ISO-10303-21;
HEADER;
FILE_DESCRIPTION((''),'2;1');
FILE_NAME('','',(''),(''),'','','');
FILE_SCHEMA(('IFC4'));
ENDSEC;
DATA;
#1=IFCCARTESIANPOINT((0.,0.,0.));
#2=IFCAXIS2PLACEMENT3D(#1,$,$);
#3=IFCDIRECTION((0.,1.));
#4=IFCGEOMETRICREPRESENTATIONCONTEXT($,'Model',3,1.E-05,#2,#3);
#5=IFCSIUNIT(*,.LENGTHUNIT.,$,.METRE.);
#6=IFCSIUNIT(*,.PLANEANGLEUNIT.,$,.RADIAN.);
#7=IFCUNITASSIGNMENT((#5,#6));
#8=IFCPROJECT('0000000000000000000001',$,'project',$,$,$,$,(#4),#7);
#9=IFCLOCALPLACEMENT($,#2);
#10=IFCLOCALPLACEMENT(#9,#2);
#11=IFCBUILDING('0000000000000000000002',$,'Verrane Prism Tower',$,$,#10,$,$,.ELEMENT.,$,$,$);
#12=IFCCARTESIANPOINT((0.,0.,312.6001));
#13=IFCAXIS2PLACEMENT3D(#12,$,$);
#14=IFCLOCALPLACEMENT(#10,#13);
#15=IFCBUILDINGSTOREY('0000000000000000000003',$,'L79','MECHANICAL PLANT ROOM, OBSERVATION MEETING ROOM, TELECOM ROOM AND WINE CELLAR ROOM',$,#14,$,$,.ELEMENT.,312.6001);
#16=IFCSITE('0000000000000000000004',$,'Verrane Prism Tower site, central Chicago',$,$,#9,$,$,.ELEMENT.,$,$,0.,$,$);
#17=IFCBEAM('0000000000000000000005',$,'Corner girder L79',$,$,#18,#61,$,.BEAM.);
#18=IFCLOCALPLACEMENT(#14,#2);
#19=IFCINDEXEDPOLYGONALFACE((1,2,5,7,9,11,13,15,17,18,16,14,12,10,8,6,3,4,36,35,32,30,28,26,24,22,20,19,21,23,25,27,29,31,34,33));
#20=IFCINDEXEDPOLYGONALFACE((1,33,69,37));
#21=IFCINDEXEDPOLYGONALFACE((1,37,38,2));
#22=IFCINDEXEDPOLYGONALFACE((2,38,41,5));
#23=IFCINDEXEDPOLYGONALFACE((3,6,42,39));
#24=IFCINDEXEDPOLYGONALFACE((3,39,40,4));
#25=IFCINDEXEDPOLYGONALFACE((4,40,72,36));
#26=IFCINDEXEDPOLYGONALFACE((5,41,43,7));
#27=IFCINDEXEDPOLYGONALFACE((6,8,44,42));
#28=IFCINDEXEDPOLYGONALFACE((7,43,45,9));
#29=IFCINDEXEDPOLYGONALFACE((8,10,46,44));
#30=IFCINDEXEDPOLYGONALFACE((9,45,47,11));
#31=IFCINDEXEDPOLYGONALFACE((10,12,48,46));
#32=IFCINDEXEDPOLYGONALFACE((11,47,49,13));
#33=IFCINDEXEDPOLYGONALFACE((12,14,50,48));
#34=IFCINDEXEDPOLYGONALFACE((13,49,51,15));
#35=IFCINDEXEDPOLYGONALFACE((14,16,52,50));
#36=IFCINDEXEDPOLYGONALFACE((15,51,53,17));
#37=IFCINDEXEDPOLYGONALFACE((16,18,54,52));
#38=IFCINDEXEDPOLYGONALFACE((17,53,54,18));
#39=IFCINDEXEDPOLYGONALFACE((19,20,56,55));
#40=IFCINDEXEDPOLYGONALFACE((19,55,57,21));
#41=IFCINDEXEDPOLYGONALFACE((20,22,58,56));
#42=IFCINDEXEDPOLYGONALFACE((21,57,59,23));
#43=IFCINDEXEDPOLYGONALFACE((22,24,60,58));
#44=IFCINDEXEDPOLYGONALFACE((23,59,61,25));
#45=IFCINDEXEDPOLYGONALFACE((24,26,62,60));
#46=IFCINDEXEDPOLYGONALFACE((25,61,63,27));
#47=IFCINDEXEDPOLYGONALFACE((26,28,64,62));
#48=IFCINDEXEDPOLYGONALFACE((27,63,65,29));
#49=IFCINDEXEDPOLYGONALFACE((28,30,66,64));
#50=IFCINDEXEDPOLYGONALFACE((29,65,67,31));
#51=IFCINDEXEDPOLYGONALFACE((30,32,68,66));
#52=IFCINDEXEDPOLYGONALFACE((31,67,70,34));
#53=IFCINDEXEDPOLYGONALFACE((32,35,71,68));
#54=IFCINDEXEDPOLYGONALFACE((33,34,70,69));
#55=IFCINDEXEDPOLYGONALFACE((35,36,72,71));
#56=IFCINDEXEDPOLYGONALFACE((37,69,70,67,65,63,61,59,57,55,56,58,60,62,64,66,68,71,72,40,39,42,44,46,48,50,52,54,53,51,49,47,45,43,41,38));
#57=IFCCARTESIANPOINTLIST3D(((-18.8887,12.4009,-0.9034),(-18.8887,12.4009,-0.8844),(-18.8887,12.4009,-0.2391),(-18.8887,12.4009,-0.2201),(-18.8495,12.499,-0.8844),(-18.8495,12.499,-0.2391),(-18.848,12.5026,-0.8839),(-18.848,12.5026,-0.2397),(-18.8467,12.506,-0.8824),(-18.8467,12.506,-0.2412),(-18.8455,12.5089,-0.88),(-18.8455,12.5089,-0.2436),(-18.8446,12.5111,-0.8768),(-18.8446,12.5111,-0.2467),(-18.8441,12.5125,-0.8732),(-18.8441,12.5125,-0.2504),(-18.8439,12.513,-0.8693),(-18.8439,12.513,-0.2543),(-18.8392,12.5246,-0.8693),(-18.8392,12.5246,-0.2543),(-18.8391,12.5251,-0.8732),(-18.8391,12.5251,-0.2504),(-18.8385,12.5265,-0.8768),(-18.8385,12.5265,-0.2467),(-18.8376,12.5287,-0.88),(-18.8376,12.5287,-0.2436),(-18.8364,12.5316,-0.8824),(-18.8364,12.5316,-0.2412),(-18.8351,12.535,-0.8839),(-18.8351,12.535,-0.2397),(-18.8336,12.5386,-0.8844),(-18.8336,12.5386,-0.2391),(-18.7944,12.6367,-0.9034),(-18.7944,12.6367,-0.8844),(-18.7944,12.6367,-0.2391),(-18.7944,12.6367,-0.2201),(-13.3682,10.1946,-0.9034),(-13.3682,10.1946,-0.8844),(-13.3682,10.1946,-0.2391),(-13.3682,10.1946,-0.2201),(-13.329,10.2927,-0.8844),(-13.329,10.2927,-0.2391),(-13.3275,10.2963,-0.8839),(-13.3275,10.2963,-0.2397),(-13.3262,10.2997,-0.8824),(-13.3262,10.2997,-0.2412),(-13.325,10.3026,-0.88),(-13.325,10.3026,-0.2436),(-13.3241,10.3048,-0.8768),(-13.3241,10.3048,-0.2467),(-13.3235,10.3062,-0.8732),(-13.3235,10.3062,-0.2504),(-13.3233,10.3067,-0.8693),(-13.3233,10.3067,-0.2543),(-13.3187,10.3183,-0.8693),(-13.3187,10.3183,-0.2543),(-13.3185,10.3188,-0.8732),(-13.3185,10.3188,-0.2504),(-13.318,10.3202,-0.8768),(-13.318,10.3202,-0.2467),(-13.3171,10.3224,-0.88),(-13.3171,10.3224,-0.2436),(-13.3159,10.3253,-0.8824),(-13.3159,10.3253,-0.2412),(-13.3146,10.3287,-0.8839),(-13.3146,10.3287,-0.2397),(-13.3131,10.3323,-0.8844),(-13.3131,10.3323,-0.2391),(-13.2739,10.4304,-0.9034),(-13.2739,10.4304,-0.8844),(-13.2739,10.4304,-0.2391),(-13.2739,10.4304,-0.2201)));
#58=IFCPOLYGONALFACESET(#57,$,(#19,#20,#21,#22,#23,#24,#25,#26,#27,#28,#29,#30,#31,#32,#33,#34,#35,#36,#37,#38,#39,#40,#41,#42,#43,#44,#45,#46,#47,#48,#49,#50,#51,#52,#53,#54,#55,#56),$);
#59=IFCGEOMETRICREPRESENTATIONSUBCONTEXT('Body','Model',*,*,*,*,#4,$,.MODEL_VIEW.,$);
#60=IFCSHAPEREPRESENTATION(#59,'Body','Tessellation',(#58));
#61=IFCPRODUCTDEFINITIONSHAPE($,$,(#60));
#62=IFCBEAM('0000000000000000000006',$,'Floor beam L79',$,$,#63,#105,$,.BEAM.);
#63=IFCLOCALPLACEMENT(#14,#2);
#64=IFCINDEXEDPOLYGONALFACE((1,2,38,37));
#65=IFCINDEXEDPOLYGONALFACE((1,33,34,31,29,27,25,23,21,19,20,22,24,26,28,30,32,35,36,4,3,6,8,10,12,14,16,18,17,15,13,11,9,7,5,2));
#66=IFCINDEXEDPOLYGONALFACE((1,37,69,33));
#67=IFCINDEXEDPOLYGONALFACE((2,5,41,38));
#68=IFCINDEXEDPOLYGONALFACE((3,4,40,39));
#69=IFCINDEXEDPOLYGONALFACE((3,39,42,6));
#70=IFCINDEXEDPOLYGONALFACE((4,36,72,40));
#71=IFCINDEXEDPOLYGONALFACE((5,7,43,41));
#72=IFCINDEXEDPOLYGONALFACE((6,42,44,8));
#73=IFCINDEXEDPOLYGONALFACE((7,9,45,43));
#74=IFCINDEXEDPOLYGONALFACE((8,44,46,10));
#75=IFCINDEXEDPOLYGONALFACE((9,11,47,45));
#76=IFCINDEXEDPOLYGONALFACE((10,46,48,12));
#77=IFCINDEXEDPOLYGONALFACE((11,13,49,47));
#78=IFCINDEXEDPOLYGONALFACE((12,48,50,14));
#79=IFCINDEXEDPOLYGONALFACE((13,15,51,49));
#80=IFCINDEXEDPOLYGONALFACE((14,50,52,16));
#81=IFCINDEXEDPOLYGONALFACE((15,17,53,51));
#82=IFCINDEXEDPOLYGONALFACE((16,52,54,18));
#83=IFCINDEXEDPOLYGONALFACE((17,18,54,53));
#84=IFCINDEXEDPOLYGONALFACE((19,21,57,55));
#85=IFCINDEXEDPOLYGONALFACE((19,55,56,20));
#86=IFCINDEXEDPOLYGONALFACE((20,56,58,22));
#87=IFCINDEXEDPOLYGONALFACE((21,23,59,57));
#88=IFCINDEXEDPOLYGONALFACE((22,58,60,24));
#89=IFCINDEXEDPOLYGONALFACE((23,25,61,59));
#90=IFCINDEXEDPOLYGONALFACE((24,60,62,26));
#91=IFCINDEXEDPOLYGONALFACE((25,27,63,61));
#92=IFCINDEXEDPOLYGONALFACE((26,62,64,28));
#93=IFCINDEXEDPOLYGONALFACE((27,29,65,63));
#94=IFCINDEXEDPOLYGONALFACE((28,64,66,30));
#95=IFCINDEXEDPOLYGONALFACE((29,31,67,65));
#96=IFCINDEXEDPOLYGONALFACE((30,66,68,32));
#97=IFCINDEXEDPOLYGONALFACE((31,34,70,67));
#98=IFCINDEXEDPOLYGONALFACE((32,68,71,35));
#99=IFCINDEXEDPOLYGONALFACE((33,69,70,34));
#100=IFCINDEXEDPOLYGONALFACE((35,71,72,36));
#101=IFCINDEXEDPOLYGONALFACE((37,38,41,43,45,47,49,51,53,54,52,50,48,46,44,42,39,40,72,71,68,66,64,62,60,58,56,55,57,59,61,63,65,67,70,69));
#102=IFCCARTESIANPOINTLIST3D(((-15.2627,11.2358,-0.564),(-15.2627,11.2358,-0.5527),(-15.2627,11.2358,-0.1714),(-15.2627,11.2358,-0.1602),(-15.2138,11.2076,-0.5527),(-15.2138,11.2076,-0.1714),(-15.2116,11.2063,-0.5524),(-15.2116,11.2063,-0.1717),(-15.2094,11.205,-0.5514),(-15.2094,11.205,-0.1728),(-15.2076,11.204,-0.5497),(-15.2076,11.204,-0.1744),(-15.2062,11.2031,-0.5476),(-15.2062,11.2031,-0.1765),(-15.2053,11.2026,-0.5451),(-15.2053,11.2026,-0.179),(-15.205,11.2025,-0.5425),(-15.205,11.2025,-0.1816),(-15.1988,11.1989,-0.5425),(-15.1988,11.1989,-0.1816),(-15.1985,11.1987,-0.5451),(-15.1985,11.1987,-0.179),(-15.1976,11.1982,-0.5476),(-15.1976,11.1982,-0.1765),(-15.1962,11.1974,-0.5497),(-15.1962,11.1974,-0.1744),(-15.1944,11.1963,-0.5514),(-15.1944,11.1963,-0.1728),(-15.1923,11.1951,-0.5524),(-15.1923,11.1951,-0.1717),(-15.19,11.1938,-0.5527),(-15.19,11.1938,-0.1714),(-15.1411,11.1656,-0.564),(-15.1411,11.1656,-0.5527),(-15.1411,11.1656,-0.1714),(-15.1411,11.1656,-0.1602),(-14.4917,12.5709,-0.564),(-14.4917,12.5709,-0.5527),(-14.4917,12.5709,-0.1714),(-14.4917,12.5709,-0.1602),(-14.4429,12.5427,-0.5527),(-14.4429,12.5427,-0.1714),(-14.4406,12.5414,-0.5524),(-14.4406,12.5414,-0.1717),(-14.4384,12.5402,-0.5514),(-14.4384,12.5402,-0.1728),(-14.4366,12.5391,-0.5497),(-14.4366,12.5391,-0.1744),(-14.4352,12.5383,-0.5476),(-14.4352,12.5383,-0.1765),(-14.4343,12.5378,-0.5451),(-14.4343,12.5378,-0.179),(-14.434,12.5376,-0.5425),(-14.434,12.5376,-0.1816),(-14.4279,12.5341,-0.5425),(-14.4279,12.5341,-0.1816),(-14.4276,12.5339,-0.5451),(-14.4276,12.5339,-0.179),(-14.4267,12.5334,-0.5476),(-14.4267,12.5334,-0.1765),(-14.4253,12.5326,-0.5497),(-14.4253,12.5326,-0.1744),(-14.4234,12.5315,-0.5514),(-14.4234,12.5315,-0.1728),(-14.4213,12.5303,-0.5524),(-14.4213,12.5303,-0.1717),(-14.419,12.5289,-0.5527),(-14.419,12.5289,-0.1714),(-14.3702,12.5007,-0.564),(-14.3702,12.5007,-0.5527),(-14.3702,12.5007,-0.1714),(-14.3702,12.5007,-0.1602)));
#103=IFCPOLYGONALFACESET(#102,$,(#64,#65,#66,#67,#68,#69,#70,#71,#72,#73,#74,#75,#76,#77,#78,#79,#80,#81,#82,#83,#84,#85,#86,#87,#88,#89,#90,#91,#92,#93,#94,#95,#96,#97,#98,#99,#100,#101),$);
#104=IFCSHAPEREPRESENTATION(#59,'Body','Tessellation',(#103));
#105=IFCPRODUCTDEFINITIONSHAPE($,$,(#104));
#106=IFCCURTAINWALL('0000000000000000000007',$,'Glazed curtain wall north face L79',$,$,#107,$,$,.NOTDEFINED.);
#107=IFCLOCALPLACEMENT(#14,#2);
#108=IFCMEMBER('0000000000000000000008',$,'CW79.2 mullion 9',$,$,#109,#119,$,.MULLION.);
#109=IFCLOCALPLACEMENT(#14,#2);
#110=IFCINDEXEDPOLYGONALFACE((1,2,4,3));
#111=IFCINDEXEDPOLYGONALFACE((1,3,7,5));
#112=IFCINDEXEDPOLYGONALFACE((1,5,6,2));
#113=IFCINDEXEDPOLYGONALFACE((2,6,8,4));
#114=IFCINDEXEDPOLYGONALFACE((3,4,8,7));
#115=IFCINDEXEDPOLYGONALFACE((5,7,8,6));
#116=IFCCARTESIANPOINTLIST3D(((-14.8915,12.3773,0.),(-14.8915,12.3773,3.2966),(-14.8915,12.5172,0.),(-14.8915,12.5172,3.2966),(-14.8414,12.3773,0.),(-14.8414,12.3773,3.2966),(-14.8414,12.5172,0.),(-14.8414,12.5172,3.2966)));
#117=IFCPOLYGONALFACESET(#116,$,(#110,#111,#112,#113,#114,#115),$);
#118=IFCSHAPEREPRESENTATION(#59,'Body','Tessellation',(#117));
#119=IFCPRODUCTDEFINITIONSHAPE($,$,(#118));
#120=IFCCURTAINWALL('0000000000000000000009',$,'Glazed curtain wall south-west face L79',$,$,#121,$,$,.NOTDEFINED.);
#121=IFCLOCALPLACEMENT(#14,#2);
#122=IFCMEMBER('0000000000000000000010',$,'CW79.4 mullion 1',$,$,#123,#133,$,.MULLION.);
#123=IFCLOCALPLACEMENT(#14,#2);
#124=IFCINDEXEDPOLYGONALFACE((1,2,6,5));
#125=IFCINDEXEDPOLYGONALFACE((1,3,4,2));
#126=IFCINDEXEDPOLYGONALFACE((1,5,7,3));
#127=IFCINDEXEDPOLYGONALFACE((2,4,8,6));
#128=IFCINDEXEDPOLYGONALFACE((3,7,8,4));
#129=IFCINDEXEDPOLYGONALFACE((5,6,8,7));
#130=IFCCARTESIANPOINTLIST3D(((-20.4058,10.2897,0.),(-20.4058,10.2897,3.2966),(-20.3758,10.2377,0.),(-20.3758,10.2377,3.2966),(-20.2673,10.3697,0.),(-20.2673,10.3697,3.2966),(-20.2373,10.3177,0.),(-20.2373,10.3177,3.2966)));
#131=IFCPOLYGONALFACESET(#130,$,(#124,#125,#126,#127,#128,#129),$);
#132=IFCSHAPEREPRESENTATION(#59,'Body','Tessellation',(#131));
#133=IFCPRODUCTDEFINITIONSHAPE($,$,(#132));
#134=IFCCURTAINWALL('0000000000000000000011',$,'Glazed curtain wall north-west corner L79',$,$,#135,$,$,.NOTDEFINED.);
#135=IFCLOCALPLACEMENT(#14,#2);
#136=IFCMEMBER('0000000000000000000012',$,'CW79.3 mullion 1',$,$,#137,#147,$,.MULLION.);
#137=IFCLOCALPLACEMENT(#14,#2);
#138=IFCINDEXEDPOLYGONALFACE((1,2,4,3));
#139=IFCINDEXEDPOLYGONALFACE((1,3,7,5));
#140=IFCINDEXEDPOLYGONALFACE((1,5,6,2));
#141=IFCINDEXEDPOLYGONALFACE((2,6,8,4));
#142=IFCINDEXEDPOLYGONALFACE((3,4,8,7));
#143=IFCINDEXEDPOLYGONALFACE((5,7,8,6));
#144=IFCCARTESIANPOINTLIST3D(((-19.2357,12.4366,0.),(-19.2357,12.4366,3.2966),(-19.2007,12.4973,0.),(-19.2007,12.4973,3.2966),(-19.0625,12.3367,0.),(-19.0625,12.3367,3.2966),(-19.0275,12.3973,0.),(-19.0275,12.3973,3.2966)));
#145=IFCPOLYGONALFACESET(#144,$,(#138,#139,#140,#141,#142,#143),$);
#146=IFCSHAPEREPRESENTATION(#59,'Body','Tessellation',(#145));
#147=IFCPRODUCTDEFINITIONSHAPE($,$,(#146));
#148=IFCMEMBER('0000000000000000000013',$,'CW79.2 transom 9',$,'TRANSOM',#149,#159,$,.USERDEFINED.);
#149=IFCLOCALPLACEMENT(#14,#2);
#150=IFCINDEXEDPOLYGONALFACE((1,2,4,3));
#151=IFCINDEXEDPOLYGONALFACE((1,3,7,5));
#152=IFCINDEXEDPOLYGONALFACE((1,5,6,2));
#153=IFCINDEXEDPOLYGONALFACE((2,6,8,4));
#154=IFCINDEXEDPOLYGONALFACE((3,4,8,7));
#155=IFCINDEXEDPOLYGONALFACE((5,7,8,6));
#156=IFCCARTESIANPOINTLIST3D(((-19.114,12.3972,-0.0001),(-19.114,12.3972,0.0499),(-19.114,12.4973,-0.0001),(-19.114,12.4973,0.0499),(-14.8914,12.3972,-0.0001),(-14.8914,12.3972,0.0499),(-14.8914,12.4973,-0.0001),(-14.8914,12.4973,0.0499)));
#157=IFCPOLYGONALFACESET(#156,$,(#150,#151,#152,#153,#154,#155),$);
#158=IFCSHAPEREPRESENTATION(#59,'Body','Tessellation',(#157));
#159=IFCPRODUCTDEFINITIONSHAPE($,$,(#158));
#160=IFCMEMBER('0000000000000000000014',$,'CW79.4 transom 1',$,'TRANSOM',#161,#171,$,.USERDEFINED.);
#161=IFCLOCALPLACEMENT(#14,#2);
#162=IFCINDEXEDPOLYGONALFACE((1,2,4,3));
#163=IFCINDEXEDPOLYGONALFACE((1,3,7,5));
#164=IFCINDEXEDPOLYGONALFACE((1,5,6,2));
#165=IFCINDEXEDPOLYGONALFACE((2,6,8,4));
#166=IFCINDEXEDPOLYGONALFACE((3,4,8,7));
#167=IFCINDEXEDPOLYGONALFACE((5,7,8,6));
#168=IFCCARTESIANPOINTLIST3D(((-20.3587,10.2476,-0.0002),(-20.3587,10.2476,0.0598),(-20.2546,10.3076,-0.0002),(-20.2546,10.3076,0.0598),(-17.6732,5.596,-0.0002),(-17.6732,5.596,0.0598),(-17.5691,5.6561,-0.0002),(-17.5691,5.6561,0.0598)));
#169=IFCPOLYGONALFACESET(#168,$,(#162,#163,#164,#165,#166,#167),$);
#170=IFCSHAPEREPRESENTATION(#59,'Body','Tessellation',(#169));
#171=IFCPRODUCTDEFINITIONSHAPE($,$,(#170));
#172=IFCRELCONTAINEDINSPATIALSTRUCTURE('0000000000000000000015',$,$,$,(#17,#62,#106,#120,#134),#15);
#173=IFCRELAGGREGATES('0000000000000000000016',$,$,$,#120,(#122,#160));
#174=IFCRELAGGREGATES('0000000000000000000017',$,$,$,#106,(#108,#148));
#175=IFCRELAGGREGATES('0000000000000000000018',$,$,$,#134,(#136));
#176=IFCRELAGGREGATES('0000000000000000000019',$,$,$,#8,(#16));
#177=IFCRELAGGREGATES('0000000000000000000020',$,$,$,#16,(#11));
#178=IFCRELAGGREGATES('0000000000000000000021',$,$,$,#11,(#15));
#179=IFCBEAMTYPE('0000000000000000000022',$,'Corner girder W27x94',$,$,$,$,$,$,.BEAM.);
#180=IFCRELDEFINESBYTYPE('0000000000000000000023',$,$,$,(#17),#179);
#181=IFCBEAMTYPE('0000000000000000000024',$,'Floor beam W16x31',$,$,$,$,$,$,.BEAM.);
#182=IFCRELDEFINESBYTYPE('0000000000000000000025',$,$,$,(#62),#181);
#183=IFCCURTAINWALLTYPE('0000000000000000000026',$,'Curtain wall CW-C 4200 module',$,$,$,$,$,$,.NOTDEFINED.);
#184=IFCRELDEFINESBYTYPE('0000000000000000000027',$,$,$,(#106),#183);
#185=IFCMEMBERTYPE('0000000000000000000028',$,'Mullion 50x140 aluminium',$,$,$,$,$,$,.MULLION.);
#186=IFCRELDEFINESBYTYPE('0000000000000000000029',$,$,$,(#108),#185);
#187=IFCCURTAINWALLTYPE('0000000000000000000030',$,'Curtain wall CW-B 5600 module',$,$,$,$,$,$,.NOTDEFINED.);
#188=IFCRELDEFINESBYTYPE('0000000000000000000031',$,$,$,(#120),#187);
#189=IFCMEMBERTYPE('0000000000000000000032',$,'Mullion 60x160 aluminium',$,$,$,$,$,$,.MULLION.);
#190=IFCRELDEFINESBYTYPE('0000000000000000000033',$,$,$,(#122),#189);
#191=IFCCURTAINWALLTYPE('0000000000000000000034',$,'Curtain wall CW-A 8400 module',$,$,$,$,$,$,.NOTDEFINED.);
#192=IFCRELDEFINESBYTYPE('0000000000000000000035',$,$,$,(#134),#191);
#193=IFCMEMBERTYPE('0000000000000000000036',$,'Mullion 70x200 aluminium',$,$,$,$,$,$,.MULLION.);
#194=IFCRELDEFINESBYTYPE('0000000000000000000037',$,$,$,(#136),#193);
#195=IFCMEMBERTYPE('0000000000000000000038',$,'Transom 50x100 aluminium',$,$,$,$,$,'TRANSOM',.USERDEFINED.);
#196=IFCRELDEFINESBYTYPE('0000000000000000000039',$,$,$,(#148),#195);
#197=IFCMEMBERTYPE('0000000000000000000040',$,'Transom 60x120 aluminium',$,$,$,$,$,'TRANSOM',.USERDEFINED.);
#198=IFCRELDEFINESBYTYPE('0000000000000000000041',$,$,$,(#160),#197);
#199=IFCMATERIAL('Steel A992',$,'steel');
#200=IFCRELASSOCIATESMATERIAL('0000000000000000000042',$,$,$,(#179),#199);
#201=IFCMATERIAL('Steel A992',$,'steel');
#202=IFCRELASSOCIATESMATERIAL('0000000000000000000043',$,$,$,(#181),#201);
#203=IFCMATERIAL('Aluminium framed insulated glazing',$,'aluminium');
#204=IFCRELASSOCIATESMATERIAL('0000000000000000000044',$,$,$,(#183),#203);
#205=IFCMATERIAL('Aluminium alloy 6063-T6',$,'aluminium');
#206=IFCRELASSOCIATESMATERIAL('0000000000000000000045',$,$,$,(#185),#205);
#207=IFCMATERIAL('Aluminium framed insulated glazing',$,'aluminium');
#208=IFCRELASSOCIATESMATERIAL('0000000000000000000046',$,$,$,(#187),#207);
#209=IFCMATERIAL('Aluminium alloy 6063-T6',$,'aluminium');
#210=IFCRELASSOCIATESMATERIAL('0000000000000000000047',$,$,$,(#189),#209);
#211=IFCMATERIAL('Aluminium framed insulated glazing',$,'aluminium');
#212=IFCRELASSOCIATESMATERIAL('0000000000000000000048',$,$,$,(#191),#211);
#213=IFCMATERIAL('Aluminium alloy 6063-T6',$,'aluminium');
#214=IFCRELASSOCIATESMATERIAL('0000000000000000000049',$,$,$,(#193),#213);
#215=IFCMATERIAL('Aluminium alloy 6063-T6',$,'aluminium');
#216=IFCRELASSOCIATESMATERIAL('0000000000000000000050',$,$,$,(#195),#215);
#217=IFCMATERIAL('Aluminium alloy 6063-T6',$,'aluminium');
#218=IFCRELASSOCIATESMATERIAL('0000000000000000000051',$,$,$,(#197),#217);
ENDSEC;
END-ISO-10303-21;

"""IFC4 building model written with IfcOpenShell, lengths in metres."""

from ifc_helpers import new_model, si_unit, direction, frame, origin, origin_2d, place, context, subcontext, project, spatial, rectangle, i_section, extrude, material, material_profile, profile_set, type_object, element, aggregate, save


model = new_model("IFC4")

# Units and contexts
model_context = context("Model", 3, precision=1e-05, world=origin(), true_north=direction((0.0, 1.0)))
body_context = subcontext(model_context, "Body", "Model", "MODEL_VIEW")
ifc_project = project(units=[si_unit("LENGTHUNIT", "METRE"), si_unit("PLANEANGLEUNIT", "RADIAN")], contexts=[model_context])

# Site, building, storey
site_placement = place(None, origin())
site = spatial("IfcSite", under=ifc_project, at=site_placement, Name="Verrane Prism Tower site, central Chicago", CompositionType="ELEMENT", RefElevation=0.0)
building_placement = place(site_placement, origin())
building = spatial("IfcBuilding", under=site, at=building_placement, Name="Verrane Prism Tower", CompositionType="ELEMENT")
storey_placement = place(building_placement, frame((0.0, 0.0, 312.6001)))
storey = spatial("IfcBuildingStorey", under=building, at=storey_placement, Name="L79", Description="MECHANICAL PLANT ROOM, OBSERVATION MEETING ROOM, TELECOM ROOM AND WINE CELLAR ROOM", CompositionType="ELEMENT", Elevation=312.6001)

# Beams
ifc_material_1 = material(Name="Steel A992", Category="steel")
ifc_material_profile_1 = material_profile(ifc_material_1, i_section(OverallWidth=0.2539, OverallDepth=0.6833, WebThickness=0.0125, FlangeThickness=0.019, FilletRadius=0.0151, at=origin_2d()), Name="W27x94")
ifc_profile_set_1 = profile_set([ifc_material_profile_1], Name="Steel A992")
beam_type_1 = type_object("IfcBeamType", Name="Corner girder W27x94", PredefinedType="BEAM", material=ifc_profile_set_1)
beam_1_placement = place(storey_placement, frame((-18.8416, 12.5188, -0.5618), z_axis=(0.928587, -0.371115, 0.0), x_axis=(0.371115, 0.928587, 0.0)))
element("IfcBeam", 1, at=beam_1_placement, inside=storey, type_object=beam_type_1, Name="Corner girder L79", PredefinedType="BEAM", context=body_context, shape_type="SweptSolid", body=[
    extrude(i_section(OverallWidth=0.2539, OverallDepth=0.6833, WebThickness=0.0125, FlangeThickness=0.019, FilletRadius=0.0151, at=origin_2d()), origin(), (0.0, 0.0, 1.0), 5.9451),
])
ifc_material_2 = material(Name="Steel A992", Category="steel")
ifc_material_profile_2 = material_profile(ifc_material_2, i_section(OverallWidth=0.1404, OverallDepth=0.4038, WebThickness=0.0071, FlangeThickness=0.0112, FilletRadius=0.0103, at=origin_2d()), Name="W16x31")
ifc_profile_set_2 = profile_set([ifc_material_profile_2], Name="Steel A992")
beam_type_2 = type_object("IfcBeamType", Name="Floor beam W16x31", PredefinedType="BEAM", material=ifc_profile_set_2)
beam_2_placement = place(storey_placement, frame((-15.2019, 11.2007, -0.3621), z_axis=(0.500056, 0.865993, 0.0), x_axis=(-0.865993, 0.500056, 0.0)))
element("IfcBeam", 2, at=beam_2_placement, inside=storey, type_object=beam_type_2, Name="Floor beam L79", PredefinedType="BEAM", context=body_context, shape_type="SweptSolid", body=[
    extrude(i_section(OverallWidth=0.1404, OverallDepth=0.4038, WebThickness=0.0071, FlangeThickness=0.0112, FilletRadius=0.0103, at=origin_2d()), origin(), (0.0, 0.0, 1.0), 1.5417),
])

# Curtain walls, members
ifc_material_3 = material(Name="Aluminium framed insulated glazing", Category="aluminium")
curtain_wall_type_1 = type_object("IfcCurtainWallType", Name="Curtain wall CW-C 4200 module", PredefinedType="NOTDEFINED", material=ifc_material_3)
curtain_wall_1_placement = place(storey_placement, origin())
curtain_wall_1 = element("IfcCurtainWall", 3, at=curtain_wall_1_placement, inside=storey, type_object=curtain_wall_type_1, Name="Glazed curtain wall north face L79", PredefinedType="NOTDEFINED")
ifc_material_4 = material(Name="Aluminium alloy 6063-T6", Category="aluminium")
ifc_material_profile_3 = material_profile(ifc_material_4, rectangle(XDim=0.1399, YDim=0.05, at=origin_2d()), Name="Mullion 50x140 aluminium")
ifc_profile_set_3 = profile_set([ifc_material_profile_3], Name="Aluminium alloy 6063-T6")
member_type_1 = type_object("IfcMemberType", Name="Mullion 50x140 aluminium", PredefinedType="MULLION", material=ifc_profile_set_3)
member_1_placement = place(storey_placement, frame((-14.8665, 12.4473, 0.0), z_axis=(0.0, 0.0, 1.0), x_axis=(0.0, -1.0, 0.0)))
member_1 = element("IfcMember", 4, at=member_1_placement, type_object=member_type_1, Name="CW79.2 mullion 9", PredefinedType="MULLION", context=body_context, shape_type="SweptSolid", body=[
    extrude(rectangle(XDim=0.1399, YDim=0.05, at=origin_2d()), origin(), (0.0, 0.0, 1.0), 3.2966),
])
ifc_material_5 = material(Name="Aluminium framed insulated glazing", Category="aluminium")
curtain_wall_type_2 = type_object("IfcCurtainWallType", Name="Curtain wall CW-B 5600 module", PredefinedType="NOTDEFINED", material=ifc_material_5)
curtain_wall_2_placement = place(storey_placement, origin())
curtain_wall_2 = element("IfcCurtainWall", 5, at=curtain_wall_2_placement, inside=storey, type_object=curtain_wall_type_2, Name="Glazed curtain wall south-west face L79", PredefinedType="NOTDEFINED")
ifc_material_6 = material(Name="Aluminium alloy 6063-T6", Category="aluminium")
ifc_material_profile_4 = material_profile(ifc_material_6, rectangle(XDim=0.1599, YDim=0.0601, at=origin_2d()), Name="Mullion 60x160 aluminium")
ifc_profile_set_4 = profile_set([ifc_material_profile_4], Name="Aluminium alloy 6063-T6")
member_type_2 = type_object("IfcMemberType", Name="Mullion 60x160 aluminium", PredefinedType="MULLION", material=ifc_profile_set_4)
member_2_placement = place(storey_placement, frame((-20.3215, 10.3037, 0.0), z_axis=(0.0, 0.0, 1.0), x_axis=(0.866025, 0.5, 0.0)))
member_2 = element("IfcMember", 6, at=member_2_placement, type_object=member_type_2, Name="CW79.4 mullion 1", PredefinedType="MULLION", context=body_context, shape_type="SweptSolid", body=[
    extrude(rectangle(XDim=0.1599, YDim=0.0601, at=origin_2d()), origin(), (0.0, 0.0, 1.0), 3.2966),
])
ifc_material_7 = material(Name="Aluminium framed insulated glazing", Category="aluminium")
curtain_wall_type_3 = type_object("IfcCurtainWallType", Name="Curtain wall CW-A 8400 module", PredefinedType="NOTDEFINED", material=ifc_material_7)
curtain_wall_3_placement = place(storey_placement, origin())
curtain_wall_3 = element("IfcCurtainWall", 7, at=curtain_wall_3_placement, inside=storey, type_object=curtain_wall_type_3, Name="Glazed curtain wall north-west corner L79", PredefinedType="NOTDEFINED")
ifc_material_8 = material(Name="Aluminium alloy 6063-T6", Category="aluminium")
ifc_material_profile_5 = material_profile(ifc_material_8, rectangle(XDim=0.2, YDim=0.0701, at=origin_2d()), Name="Mullion 70x200 aluminium")
ifc_profile_set_5 = profile_set([ifc_material_profile_5], Name="Aluminium alloy 6063-T6")
member_type_3 = type_object("IfcMemberType", Name="Mullion 70x200 aluminium", PredefinedType="MULLION", material=ifc_profile_set_5)
member_3_placement = place(storey_placement, frame((-19.1316, 12.417, 0.0), z_axis=(0.0, 0.0, 1.0), x_axis=(0.866025, -0.500001, 0.0)))
member_3 = element("IfcMember", 8, at=member_3_placement, type_object=member_type_3, Name="CW79.3 mullion 1", PredefinedType="MULLION", context=body_context, shape_type="SweptSolid", body=[
    extrude(rectangle(XDim=0.2, YDim=0.0701, at=origin_2d()), origin(), (0.0, 0.0, 1.0), 3.2966),
])

# Members
ifc_material_9 = material(Name="Aluminium alloy 6063-T6", Category="aluminium")
ifc_material_profile_6 = material_profile(ifc_material_9, rectangle(XDim=0.1001, YDim=0.05, at=origin_2d()), Name="Transom 50x100 aluminium")
ifc_profile_set_6 = profile_set([ifc_material_profile_6], Name="Aluminium alloy 6063-T6")
member_type_4 = type_object("IfcMemberType", Name="Transom 50x100 aluminium", ElementType="TRANSOM", PredefinedType="USERDEFINED", material=ifc_profile_set_6)
member_4_placement = place(storey_placement, frame((-14.8914, 12.4473, 0.0249), z_axis=(-1.0, 0.0, 0.0), x_axis=(0.0, -1.0, 0.0)))
member_4 = element("IfcMember", 9, at=member_4_placement, type_object=member_type_4, Name="CW79.2 transom 9", ObjectType="TRANSOM", PredefinedType="USERDEFINED", context=body_context, shape_type="SweptSolid", body=[
    extrude(rectangle(XDim=0.1001, YDim=0.05, at=origin_2d()), origin(), (0.0, 0.0, 1.0), 4.2227),
])
ifc_material_10 = material(Name="Aluminium alloy 6063-T6", Category="aluminium")
ifc_material_profile_7 = material_profile(ifc_material_10, rectangle(XDim=0.1201, YDim=0.0601, at=origin_2d()), Name="Transom 60x120 aluminium")
ifc_profile_set_7 = profile_set([ifc_material_profile_7], Name="Aluminium alloy 6063-T6")
member_type_5 = type_object("IfcMemberType", Name="Transom 60x120 aluminium", ElementType="TRANSOM", PredefinedType="USERDEFINED", material=ifc_profile_set_7)
member_5_placement = place(storey_placement, frame((-20.3066, 10.2776, 0.0298), z_axis=(0.499991, -0.86603, 0.0), x_axis=(0.86603, 0.499991, 0.0)))
member_5 = element("IfcMember", 10, at=member_5_placement, type_object=member_type_5, Name="CW79.4 transom 1", ObjectType="TRANSOM", PredefinedType="USERDEFINED", context=body_context, shape_type="SweptSolid", body=[
    extrude(rectangle(XDim=0.1201, YDim=0.0601, at=origin_2d()), origin(), (0.0, 0.0, 1.0), 5.3711),
])
aggregate(curtain_wall_2, [member_2, member_5])

aggregate(curtain_wall_1, [member_1, member_4])
aggregate(curtain_wall_3, [member_3])

save(model, "model.ifc")
